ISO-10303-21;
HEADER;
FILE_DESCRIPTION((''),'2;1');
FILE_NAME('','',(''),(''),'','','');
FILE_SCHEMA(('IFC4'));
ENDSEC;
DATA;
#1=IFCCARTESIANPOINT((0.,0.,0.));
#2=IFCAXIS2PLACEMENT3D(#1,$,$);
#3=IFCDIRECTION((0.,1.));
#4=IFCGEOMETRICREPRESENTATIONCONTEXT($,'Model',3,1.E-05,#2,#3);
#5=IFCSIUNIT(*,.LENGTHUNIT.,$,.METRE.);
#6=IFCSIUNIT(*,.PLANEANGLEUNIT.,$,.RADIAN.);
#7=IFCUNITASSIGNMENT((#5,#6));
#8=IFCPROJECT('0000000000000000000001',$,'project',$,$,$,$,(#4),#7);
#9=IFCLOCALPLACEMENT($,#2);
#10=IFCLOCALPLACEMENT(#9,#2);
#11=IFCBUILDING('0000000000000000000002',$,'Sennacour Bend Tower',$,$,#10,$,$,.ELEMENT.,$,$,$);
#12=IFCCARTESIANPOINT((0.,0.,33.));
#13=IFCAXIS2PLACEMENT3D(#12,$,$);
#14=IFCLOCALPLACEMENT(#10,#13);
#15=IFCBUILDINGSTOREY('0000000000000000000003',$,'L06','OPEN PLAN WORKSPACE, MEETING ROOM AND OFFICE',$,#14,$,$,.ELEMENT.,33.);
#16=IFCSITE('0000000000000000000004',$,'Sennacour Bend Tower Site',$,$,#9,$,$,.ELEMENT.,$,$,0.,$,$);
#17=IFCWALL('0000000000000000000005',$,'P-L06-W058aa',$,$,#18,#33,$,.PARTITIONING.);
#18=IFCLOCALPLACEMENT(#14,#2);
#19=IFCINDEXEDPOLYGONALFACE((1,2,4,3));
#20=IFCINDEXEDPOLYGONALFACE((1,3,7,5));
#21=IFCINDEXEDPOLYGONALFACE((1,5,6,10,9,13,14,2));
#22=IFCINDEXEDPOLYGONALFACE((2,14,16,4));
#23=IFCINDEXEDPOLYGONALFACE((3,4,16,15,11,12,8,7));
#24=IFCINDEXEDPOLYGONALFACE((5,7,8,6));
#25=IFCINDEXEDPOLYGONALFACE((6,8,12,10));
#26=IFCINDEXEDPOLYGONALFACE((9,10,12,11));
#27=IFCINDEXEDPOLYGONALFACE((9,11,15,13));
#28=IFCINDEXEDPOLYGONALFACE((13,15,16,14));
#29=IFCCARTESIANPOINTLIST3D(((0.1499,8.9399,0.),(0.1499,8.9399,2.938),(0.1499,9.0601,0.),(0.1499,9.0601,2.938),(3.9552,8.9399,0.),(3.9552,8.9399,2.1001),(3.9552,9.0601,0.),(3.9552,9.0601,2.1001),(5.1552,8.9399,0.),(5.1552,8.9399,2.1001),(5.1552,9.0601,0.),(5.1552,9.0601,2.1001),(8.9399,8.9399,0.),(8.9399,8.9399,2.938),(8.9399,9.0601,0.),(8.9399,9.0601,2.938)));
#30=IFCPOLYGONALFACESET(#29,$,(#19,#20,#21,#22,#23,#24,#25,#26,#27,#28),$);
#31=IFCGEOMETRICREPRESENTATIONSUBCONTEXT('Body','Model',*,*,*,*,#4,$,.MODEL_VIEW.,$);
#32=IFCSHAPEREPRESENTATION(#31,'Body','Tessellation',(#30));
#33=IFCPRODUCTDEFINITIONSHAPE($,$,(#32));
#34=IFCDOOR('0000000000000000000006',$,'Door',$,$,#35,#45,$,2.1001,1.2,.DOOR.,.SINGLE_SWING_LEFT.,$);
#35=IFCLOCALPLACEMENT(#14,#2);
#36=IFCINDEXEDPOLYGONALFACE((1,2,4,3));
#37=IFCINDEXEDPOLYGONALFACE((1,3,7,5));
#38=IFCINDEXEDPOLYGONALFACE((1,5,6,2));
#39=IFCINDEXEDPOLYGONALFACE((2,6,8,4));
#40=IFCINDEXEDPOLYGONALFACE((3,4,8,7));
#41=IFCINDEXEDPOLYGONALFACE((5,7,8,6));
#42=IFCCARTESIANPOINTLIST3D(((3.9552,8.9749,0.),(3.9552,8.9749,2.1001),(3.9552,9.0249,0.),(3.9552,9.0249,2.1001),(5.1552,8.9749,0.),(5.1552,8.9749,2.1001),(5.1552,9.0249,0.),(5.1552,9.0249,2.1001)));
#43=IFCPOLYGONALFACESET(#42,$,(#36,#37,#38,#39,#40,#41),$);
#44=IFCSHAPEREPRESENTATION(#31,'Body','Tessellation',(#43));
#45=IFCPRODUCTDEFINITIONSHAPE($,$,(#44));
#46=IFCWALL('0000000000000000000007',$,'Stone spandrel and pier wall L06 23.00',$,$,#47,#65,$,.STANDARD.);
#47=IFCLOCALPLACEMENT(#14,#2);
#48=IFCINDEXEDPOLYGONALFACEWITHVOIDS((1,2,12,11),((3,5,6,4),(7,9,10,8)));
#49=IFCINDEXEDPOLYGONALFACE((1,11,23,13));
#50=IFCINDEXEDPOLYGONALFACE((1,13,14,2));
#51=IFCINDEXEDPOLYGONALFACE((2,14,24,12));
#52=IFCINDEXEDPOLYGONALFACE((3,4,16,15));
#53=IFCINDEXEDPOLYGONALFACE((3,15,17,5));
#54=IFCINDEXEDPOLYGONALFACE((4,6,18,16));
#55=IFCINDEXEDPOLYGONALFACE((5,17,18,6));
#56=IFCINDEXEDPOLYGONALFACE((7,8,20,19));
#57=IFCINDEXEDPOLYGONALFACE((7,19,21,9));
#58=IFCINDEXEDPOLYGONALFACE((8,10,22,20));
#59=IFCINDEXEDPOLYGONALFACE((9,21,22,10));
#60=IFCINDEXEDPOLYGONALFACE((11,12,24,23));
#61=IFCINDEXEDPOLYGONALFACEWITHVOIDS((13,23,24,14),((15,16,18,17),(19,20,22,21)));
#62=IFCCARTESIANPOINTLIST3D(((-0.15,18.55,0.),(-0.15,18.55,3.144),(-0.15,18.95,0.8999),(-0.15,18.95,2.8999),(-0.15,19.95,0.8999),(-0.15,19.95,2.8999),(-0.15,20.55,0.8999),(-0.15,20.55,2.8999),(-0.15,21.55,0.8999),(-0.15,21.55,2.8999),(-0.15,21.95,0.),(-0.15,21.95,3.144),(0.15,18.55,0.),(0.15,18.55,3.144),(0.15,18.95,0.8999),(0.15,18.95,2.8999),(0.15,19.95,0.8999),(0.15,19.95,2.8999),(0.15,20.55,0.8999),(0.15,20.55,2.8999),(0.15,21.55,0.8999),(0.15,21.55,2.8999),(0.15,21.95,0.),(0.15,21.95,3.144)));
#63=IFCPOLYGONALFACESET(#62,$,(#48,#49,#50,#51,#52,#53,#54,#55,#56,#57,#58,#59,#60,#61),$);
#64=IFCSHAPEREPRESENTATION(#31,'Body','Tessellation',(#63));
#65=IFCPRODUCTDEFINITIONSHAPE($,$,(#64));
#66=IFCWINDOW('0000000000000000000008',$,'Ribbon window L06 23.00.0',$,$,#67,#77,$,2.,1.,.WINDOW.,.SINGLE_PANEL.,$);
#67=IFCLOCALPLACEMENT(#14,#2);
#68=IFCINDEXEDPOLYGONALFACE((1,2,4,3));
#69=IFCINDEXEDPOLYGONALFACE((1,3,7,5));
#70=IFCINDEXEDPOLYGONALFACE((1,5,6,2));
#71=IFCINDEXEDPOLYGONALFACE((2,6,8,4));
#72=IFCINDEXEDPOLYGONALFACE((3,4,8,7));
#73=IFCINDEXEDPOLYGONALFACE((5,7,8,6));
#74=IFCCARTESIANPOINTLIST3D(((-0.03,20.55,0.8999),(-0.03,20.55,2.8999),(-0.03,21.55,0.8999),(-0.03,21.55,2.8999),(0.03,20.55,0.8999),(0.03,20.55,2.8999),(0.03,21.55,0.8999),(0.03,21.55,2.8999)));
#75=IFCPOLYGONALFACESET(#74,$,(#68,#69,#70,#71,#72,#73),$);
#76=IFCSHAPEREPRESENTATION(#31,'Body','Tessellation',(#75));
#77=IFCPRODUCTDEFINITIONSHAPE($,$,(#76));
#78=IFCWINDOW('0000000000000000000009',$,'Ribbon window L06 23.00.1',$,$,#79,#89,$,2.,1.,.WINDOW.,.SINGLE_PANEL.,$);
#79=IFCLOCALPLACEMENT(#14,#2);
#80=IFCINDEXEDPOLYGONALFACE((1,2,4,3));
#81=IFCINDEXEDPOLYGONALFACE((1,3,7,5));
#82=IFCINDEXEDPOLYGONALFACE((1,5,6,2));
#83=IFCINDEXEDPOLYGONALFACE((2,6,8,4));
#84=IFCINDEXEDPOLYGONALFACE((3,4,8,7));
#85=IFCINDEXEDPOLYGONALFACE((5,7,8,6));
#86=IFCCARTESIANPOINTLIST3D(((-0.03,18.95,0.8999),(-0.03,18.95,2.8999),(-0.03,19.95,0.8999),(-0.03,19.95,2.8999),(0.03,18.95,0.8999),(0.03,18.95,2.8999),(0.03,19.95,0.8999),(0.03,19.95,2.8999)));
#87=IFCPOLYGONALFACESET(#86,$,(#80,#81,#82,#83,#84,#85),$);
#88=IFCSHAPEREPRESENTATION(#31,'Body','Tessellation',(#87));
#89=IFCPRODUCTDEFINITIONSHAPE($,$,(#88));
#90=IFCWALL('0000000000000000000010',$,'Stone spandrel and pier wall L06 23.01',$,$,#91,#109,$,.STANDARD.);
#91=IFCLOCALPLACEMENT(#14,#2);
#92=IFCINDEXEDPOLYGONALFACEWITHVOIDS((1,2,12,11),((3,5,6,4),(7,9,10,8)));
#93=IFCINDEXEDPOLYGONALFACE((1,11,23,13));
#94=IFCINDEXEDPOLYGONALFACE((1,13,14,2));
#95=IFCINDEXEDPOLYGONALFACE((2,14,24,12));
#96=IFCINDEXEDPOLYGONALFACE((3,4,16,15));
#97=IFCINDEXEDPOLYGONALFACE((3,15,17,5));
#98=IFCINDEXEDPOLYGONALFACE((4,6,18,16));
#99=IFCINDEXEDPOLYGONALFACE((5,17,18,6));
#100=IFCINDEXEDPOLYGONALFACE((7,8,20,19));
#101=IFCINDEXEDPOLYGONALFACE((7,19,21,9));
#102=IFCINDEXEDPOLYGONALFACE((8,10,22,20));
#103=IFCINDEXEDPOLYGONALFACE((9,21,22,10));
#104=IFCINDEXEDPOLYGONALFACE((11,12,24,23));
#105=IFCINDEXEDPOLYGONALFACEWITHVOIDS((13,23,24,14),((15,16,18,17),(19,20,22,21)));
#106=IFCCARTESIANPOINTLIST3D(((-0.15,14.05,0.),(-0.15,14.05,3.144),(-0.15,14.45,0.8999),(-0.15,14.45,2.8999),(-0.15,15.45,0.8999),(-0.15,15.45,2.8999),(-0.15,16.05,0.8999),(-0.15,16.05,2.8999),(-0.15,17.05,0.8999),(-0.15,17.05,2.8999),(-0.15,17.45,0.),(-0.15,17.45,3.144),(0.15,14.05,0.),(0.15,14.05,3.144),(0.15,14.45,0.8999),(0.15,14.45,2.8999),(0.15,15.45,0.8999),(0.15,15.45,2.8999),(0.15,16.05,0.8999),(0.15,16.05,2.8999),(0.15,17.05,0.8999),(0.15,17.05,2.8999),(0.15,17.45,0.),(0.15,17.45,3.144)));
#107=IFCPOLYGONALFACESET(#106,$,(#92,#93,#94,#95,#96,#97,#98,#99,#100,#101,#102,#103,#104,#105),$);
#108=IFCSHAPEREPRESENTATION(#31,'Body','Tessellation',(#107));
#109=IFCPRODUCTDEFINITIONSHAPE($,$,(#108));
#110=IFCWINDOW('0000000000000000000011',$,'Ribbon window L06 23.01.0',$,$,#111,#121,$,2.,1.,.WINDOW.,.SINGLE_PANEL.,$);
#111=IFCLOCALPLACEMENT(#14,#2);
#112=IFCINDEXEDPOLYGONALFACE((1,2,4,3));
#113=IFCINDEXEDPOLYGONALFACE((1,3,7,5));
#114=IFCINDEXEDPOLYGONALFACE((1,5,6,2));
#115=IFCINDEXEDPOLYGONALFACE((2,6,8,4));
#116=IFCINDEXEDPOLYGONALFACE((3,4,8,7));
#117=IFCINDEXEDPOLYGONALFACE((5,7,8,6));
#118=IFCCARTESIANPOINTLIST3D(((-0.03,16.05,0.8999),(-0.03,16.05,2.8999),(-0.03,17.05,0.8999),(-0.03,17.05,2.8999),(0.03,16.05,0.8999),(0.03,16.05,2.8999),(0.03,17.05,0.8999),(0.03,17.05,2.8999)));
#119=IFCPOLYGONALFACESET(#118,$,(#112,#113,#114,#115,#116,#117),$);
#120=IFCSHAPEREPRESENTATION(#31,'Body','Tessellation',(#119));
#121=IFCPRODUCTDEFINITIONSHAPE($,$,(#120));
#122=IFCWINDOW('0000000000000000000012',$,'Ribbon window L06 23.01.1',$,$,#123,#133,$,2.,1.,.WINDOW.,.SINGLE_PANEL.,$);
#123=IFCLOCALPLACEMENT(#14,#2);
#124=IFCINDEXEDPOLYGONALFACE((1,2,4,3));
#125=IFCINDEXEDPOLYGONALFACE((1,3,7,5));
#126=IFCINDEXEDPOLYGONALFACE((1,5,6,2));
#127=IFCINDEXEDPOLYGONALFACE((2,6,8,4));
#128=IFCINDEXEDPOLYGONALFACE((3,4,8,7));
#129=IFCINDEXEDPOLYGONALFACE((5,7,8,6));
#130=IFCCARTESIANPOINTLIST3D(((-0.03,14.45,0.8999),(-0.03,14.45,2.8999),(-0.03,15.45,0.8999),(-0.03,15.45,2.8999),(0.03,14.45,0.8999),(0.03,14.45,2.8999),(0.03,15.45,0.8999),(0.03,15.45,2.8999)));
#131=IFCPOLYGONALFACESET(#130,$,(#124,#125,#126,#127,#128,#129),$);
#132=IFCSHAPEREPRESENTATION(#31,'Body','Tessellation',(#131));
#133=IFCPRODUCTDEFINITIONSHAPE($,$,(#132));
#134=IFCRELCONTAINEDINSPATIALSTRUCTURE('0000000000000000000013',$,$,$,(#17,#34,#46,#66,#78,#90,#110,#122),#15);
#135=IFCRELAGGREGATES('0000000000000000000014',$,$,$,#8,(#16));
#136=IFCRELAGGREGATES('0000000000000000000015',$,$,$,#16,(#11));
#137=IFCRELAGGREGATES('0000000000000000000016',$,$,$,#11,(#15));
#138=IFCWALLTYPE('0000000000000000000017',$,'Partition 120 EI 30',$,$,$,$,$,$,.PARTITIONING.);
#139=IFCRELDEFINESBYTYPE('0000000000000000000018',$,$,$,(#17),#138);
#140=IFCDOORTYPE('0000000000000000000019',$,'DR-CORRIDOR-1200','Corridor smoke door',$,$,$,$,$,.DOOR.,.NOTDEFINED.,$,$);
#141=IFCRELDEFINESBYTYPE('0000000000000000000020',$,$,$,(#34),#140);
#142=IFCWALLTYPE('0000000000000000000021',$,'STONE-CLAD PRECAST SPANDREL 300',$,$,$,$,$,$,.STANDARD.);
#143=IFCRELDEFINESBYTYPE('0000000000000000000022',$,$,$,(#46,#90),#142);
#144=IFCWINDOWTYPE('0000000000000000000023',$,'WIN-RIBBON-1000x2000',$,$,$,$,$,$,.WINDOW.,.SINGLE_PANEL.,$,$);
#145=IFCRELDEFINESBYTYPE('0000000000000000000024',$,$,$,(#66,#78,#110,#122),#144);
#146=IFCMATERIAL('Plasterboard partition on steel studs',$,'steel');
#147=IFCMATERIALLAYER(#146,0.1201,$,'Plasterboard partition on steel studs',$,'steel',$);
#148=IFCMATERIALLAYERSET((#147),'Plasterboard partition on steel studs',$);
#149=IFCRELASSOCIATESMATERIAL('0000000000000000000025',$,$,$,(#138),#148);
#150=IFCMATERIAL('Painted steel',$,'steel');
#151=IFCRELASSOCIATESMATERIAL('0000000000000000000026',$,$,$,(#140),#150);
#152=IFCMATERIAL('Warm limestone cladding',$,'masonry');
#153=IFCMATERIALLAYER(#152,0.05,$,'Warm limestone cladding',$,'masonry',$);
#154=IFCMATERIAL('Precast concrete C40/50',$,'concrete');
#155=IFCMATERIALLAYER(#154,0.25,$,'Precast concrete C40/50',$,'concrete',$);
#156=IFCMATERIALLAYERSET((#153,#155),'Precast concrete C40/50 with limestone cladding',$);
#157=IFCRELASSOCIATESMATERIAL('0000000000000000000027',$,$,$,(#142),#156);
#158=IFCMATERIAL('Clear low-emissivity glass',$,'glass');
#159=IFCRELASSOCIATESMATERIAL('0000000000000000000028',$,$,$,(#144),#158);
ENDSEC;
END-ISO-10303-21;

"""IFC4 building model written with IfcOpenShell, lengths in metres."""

from ifc_helpers import new_model, si_unit, direction, frame, frame_2d, origin, place, context, subcontext, project, spatial, rectangle, extrude, material, layer, layer_set, type_object, element, fill, save


model = new_model("IFC4")

# Units and contexts
model_context = context("Model", 3, precision=1e-05, world=origin(), true_north=direction((0.0, 1.0)))
body_context = subcontext(model_context, "Body", "Model", "MODEL_VIEW")
ifc_project = project(units=[si_unit("LENGTHUNIT", "METRE"), si_unit("PLANEANGLEUNIT", "RADIAN")], contexts=[model_context])

# Site, building, storey
site_placement = place(None, origin())
site = spatial("IfcSite", under=ifc_project, at=site_placement, Name="Sennacour Bend Tower Site", CompositionType="ELEMENT", RefElevation=0.0)
building_placement = place(site_placement, origin())
building = spatial("IfcBuilding", under=site, at=building_placement, Name="Sennacour Bend Tower", CompositionType="ELEMENT")
storey_placement = place(building_placement, frame((0.0, 0.0, 33.0)))
storey = spatial("IfcBuildingStorey", under=building, at=storey_placement, Name="L06", Description="OPEN PLAN WORKSPACE, MEETING ROOM AND OFFICE", CompositionType="ELEMENT", Elevation=33.0)

# Shared definitions
ifc_material_1 = material(Name="Plasterboard partition on steel studs", Category="steel")

# Wall, opening, door
ifc_layer_1 = layer(ifc_material_1, 0.1201, Name="Plasterboard partition on steel studs", Category="steel")
ifc_layer_set_1 = layer_set([ifc_layer_1], Name="Plasterboard partition on steel studs")
wall_type_1 = type_object("IfcWallType", Name="Partition 120 EI 30", PredefinedType="PARTITIONING", material=ifc_layer_set_1)
wall_1_placement = place(storey_placement, frame((0.1499, 9.0, 0.0), z_axis=(0.0, 0.0, 1.0), x_axis=(1.0, 0.0, 0.0)))
wall_1 = element("IfcWall", 1, at=wall_1_placement, inside=storey, type_object=wall_type_1, Name="P-L06-W058aa", PredefinedType="PARTITIONING", context=body_context, shape_type="SweptSolid", body=[
    extrude(rectangle(XDim=8.79, YDim=0.1201, at=frame_2d((4.395, 0.0))), origin(), (0.0, 0.0, 1.0), 2.938),
])
opening_1_placement = place(wall_1_placement, frame((3.8052, 0.0, 0.0)))
opening_1 = element("IfcOpeningElement", 2, at=opening_1_placement, cuts=wall_1, PredefinedType="OPENING", context=body_context, shape_type="SweptSolid", body=[
    extrude(rectangle(XDim=1.2, YDim=2.1001, at=frame_2d((0.6001, 1.05))), frame((0.0, 0.0701, 0.0), z_axis=(0.0, -1.0, 0.0), x_axis=(1.0, 0.0, 0.0)), (0.0, 0.0, 1.0), 0.1401),
])
ifc_material_2 = material(Name="Painted steel", Category="steel")
door_type = type_object("IfcDoorType", Name="DR-CORRIDOR-1200", Description="Corridor smoke door", OperationType="NOTDEFINED", PredefinedType="DOOR", material=ifc_material_2)
door_placement = place(opening_1_placement, origin())
door = element("IfcDoor", 3, at=door_placement, inside=storey, type_object=door_type, Name="Door", OperationType="SINGLE_SWING_LEFT", OverallHeight=2.1001, OverallWidth=1.2, PredefinedType="DOOR", context=body_context, shape_type="SweptSolid", body=[
    extrude(rectangle(XDim=1.2, YDim=2.1001, at=frame_2d((0.6001, 1.05))), frame((0.0, 0.0249, 0.0), z_axis=(0.0, -1.0, 0.0), x_axis=(1.0, 0.0, 0.0)), (0.0, 0.0, 1.0), 0.05),
])
fill(opening_1, door)

# Walls, openings, windows
ifc_material_3 = material(Name="Warm limestone cladding", Category="masonry")
ifc_layer_2 = layer(ifc_material_3, 0.05, Name="Warm limestone cladding", Category="masonry")
ifc_material_4 = material(Name="Precast concrete C40/50", Category="concrete")
ifc_layer_3 = layer(ifc_material_4, 0.25, Name="Precast concrete C40/50", Category="concrete")
ifc_layer_set_2 = layer_set([ifc_layer_2, ifc_layer_3], Name="Precast concrete C40/50 with limestone cladding")
wall_type_2 = type_object("IfcWallType", Name="STONE-CLAD PRECAST SPANDREL 300", PredefinedType="STANDARD", material=ifc_layer_set_2)
wall_2_placement = place(storey_placement, frame((0.0, 21.95, 0.0), z_axis=(0.0, 0.0, 1.0), x_axis=(0.0, -1.0, 0.0)))
wall_2 = element("IfcWall", 4, at=wall_2_placement, inside=storey, type_object=wall_type_2, Name="Stone spandrel and pier wall L06 23.00", PredefinedType="STANDARD", context=body_context, shape_type="SweptSolid", body=[
    extrude(rectangle(XDim=3.3999, YDim=0.3, at=frame_2d((1.7, 0.0))), origin(), (0.0, 0.0, 1.0), 3.144),
])
opening_2_placement = place(wall_2_placement, frame((0.3999, 0.0, 0.8999)))
opening_2 = element("IfcOpeningElement", 5, at=opening_2_placement, cuts=wall_2, PredefinedType="OPENING", context=body_context, shape_type="SweptSolid", body=[
    extrude(rectangle(XDim=1.0, YDim=2.0, at=frame_2d((0.5, 1.0))), frame((0.0, 0.1602, 0.0), z_axis=(0.0, -1.0, 0.0), x_axis=(1.0, 0.0, 0.0)), (0.0, 0.0, 1.0), 0.3201),
])
opening_3_placement = place(wall_2_placement, frame((2.0, 0.0, 0.8999)))
opening_3 = element("IfcOpeningElement", 6, at=opening_3_placement, cuts=wall_2, PredefinedType="OPENING", context=body_context, shape_type="SweptSolid", body=[
    extrude(rectangle(XDim=1.0, YDim=2.0, at=frame_2d((0.5, 1.0))), frame((0.0, 0.1602, 0.0), z_axis=(0.0, -1.0, 0.0), x_axis=(1.0, 0.0, 0.0)), (0.0, 0.0, 1.0), 0.3201),
])
ifc_material_5 = material(Name="Clear low-emissivity glass", Category="glass")
window_type = type_object("IfcWindowType", Name="WIN-RIBBON-1000x2000", PartitioningType="SINGLE_PANEL", PredefinedType="WINDOW", material=ifc_material_5)
window_1_placement = place(opening_2_placement, origin())
window_1 = element("IfcWindow", 7, at=window_1_placement, inside=storey, type_object=window_type, Name="Ribbon window L06 23.00.0", OverallHeight=2.0, OverallWidth=1.0, PartitioningType="SINGLE_PANEL", PredefinedType="WINDOW", context=body_context, shape_type="SweptSolid", body=[
    extrude(rectangle(XDim=1.0, YDim=2.0, at=frame_2d((0.5, 1.0))), frame((0.0, 0.03, 0.0), z_axis=(0.0, -1.0, 0.0), x_axis=(1.0, 0.0, 0.0)), (0.0, 0.0, 1.0), 0.0601),
])
fill(opening_2, window_1)
window_2_placement = place(opening_3_placement, origin())
window_2 = element("IfcWindow", 8, at=window_2_placement, inside=storey, type_object=window_type, Name="Ribbon window L06 23.00.1", OverallHeight=2.0, OverallWidth=1.0, PartitioningType="SINGLE_PANEL", PredefinedType="WINDOW", context=body_context, shape_type="SweptSolid", body=[
    extrude(rectangle(XDim=1.0, YDim=2.0, at=frame_2d((0.5, 1.0))), frame((0.0, 0.03, 0.0), z_axis=(0.0, -1.0, 0.0), x_axis=(1.0, 0.0, 0.0)), (0.0, 0.0, 1.0), 0.0601),
])
fill(opening_3, window_2)
wall_3_placement = place(storey_placement, frame((0.0, 17.45, 0.0), z_axis=(0.0, 0.0, 1.0), x_axis=(0.0, -1.0, 0.0)))
wall_3 = element("IfcWall", 9, at=wall_3_placement, inside=storey, type_object=wall_type_2, Name="Stone spandrel and pier wall L06 23.01", PredefinedType="STANDARD", context=body_context, shape_type="SweptSolid", body=[
    extrude(rectangle(XDim=3.3999, YDim=0.3, at=frame_2d((1.7, 0.0))), origin(), (0.0, 0.0, 1.0), 3.144),
])
opening_4_placement = place(wall_3_placement, frame((0.3999, 0.0, 0.8999)))
opening_4 = element("IfcOpeningElement", 10, at=opening_4_placement, cuts=wall_3, PredefinedType="OPENING", context=body_context, shape_type="SweptSolid", body=[
    extrude(rectangle(XDim=1.0, YDim=2.0, at=frame_2d((0.5, 1.0))), frame((0.0, 0.1602, 0.0), z_axis=(0.0, -1.0, 0.0), x_axis=(1.0, 0.0, 0.0)), (0.0, 0.0, 1.0), 0.3201),
])
opening_5_placement = place(wall_3_placement, frame((2.0, 0.0, 0.8999)))
opening_5 = element("IfcOpeningElement", 11, at=opening_5_placement, cuts=wall_3, PredefinedType="OPENING", context=body_context, shape_type="SweptSolid", body=[
    extrude(rectangle(XDim=1.0, YDim=2.0, at=frame_2d((0.5, 1.0))), frame((0.0, 0.1602, 0.0), z_axis=(0.0, -1.0, 0.0), x_axis=(1.0, 0.0, 0.0)), (0.0, 0.0, 1.0), 0.3201),
])
window_3_placement = place(opening_4_placement, origin())
window_3 = element("IfcWindow", 12, at=window_3_placement, inside=storey, type_object=window_type, Name="Ribbon window L06 23.01.0", OverallHeight=2.0, OverallWidth=1.0, PartitioningType="SINGLE_PANEL", PredefinedType="WINDOW", context=body_context, shape_type="SweptSolid", body=[
    extrude(rectangle(XDim=1.0, YDim=2.0, at=frame_2d((0.5, 1.0))), frame((0.0, 0.03, 0.0), z_axis=(0.0, -1.0, 0.0), x_axis=(1.0, 0.0, 0.0)), (0.0, 0.0, 1.0), 0.0601),
])
fill(opening_4, window_3)
window_4_placement = place(opening_5_placement, origin())
window_4 = element("IfcWindow", 13, at=window_4_placement, inside=storey, type_object=window_type, Name="Ribbon window L06 23.01.1", OverallHeight=2.0, OverallWidth=1.0, PartitioningType="SINGLE_PANEL", PredefinedType="WINDOW", context=body_context, shape_type="SweptSolid", body=[
    extrude(rectangle(XDim=1.0, YDim=2.0, at=frame_2d((0.5, 1.0))), frame((0.0, 0.03, 0.0), z_axis=(0.0, -1.0, 0.0), x_axis=(1.0, 0.0, 0.0)), (0.0, 0.0, 1.0), 0.0601),
])
fill(opening_5, window_4)

save(model, "model.ifc")
